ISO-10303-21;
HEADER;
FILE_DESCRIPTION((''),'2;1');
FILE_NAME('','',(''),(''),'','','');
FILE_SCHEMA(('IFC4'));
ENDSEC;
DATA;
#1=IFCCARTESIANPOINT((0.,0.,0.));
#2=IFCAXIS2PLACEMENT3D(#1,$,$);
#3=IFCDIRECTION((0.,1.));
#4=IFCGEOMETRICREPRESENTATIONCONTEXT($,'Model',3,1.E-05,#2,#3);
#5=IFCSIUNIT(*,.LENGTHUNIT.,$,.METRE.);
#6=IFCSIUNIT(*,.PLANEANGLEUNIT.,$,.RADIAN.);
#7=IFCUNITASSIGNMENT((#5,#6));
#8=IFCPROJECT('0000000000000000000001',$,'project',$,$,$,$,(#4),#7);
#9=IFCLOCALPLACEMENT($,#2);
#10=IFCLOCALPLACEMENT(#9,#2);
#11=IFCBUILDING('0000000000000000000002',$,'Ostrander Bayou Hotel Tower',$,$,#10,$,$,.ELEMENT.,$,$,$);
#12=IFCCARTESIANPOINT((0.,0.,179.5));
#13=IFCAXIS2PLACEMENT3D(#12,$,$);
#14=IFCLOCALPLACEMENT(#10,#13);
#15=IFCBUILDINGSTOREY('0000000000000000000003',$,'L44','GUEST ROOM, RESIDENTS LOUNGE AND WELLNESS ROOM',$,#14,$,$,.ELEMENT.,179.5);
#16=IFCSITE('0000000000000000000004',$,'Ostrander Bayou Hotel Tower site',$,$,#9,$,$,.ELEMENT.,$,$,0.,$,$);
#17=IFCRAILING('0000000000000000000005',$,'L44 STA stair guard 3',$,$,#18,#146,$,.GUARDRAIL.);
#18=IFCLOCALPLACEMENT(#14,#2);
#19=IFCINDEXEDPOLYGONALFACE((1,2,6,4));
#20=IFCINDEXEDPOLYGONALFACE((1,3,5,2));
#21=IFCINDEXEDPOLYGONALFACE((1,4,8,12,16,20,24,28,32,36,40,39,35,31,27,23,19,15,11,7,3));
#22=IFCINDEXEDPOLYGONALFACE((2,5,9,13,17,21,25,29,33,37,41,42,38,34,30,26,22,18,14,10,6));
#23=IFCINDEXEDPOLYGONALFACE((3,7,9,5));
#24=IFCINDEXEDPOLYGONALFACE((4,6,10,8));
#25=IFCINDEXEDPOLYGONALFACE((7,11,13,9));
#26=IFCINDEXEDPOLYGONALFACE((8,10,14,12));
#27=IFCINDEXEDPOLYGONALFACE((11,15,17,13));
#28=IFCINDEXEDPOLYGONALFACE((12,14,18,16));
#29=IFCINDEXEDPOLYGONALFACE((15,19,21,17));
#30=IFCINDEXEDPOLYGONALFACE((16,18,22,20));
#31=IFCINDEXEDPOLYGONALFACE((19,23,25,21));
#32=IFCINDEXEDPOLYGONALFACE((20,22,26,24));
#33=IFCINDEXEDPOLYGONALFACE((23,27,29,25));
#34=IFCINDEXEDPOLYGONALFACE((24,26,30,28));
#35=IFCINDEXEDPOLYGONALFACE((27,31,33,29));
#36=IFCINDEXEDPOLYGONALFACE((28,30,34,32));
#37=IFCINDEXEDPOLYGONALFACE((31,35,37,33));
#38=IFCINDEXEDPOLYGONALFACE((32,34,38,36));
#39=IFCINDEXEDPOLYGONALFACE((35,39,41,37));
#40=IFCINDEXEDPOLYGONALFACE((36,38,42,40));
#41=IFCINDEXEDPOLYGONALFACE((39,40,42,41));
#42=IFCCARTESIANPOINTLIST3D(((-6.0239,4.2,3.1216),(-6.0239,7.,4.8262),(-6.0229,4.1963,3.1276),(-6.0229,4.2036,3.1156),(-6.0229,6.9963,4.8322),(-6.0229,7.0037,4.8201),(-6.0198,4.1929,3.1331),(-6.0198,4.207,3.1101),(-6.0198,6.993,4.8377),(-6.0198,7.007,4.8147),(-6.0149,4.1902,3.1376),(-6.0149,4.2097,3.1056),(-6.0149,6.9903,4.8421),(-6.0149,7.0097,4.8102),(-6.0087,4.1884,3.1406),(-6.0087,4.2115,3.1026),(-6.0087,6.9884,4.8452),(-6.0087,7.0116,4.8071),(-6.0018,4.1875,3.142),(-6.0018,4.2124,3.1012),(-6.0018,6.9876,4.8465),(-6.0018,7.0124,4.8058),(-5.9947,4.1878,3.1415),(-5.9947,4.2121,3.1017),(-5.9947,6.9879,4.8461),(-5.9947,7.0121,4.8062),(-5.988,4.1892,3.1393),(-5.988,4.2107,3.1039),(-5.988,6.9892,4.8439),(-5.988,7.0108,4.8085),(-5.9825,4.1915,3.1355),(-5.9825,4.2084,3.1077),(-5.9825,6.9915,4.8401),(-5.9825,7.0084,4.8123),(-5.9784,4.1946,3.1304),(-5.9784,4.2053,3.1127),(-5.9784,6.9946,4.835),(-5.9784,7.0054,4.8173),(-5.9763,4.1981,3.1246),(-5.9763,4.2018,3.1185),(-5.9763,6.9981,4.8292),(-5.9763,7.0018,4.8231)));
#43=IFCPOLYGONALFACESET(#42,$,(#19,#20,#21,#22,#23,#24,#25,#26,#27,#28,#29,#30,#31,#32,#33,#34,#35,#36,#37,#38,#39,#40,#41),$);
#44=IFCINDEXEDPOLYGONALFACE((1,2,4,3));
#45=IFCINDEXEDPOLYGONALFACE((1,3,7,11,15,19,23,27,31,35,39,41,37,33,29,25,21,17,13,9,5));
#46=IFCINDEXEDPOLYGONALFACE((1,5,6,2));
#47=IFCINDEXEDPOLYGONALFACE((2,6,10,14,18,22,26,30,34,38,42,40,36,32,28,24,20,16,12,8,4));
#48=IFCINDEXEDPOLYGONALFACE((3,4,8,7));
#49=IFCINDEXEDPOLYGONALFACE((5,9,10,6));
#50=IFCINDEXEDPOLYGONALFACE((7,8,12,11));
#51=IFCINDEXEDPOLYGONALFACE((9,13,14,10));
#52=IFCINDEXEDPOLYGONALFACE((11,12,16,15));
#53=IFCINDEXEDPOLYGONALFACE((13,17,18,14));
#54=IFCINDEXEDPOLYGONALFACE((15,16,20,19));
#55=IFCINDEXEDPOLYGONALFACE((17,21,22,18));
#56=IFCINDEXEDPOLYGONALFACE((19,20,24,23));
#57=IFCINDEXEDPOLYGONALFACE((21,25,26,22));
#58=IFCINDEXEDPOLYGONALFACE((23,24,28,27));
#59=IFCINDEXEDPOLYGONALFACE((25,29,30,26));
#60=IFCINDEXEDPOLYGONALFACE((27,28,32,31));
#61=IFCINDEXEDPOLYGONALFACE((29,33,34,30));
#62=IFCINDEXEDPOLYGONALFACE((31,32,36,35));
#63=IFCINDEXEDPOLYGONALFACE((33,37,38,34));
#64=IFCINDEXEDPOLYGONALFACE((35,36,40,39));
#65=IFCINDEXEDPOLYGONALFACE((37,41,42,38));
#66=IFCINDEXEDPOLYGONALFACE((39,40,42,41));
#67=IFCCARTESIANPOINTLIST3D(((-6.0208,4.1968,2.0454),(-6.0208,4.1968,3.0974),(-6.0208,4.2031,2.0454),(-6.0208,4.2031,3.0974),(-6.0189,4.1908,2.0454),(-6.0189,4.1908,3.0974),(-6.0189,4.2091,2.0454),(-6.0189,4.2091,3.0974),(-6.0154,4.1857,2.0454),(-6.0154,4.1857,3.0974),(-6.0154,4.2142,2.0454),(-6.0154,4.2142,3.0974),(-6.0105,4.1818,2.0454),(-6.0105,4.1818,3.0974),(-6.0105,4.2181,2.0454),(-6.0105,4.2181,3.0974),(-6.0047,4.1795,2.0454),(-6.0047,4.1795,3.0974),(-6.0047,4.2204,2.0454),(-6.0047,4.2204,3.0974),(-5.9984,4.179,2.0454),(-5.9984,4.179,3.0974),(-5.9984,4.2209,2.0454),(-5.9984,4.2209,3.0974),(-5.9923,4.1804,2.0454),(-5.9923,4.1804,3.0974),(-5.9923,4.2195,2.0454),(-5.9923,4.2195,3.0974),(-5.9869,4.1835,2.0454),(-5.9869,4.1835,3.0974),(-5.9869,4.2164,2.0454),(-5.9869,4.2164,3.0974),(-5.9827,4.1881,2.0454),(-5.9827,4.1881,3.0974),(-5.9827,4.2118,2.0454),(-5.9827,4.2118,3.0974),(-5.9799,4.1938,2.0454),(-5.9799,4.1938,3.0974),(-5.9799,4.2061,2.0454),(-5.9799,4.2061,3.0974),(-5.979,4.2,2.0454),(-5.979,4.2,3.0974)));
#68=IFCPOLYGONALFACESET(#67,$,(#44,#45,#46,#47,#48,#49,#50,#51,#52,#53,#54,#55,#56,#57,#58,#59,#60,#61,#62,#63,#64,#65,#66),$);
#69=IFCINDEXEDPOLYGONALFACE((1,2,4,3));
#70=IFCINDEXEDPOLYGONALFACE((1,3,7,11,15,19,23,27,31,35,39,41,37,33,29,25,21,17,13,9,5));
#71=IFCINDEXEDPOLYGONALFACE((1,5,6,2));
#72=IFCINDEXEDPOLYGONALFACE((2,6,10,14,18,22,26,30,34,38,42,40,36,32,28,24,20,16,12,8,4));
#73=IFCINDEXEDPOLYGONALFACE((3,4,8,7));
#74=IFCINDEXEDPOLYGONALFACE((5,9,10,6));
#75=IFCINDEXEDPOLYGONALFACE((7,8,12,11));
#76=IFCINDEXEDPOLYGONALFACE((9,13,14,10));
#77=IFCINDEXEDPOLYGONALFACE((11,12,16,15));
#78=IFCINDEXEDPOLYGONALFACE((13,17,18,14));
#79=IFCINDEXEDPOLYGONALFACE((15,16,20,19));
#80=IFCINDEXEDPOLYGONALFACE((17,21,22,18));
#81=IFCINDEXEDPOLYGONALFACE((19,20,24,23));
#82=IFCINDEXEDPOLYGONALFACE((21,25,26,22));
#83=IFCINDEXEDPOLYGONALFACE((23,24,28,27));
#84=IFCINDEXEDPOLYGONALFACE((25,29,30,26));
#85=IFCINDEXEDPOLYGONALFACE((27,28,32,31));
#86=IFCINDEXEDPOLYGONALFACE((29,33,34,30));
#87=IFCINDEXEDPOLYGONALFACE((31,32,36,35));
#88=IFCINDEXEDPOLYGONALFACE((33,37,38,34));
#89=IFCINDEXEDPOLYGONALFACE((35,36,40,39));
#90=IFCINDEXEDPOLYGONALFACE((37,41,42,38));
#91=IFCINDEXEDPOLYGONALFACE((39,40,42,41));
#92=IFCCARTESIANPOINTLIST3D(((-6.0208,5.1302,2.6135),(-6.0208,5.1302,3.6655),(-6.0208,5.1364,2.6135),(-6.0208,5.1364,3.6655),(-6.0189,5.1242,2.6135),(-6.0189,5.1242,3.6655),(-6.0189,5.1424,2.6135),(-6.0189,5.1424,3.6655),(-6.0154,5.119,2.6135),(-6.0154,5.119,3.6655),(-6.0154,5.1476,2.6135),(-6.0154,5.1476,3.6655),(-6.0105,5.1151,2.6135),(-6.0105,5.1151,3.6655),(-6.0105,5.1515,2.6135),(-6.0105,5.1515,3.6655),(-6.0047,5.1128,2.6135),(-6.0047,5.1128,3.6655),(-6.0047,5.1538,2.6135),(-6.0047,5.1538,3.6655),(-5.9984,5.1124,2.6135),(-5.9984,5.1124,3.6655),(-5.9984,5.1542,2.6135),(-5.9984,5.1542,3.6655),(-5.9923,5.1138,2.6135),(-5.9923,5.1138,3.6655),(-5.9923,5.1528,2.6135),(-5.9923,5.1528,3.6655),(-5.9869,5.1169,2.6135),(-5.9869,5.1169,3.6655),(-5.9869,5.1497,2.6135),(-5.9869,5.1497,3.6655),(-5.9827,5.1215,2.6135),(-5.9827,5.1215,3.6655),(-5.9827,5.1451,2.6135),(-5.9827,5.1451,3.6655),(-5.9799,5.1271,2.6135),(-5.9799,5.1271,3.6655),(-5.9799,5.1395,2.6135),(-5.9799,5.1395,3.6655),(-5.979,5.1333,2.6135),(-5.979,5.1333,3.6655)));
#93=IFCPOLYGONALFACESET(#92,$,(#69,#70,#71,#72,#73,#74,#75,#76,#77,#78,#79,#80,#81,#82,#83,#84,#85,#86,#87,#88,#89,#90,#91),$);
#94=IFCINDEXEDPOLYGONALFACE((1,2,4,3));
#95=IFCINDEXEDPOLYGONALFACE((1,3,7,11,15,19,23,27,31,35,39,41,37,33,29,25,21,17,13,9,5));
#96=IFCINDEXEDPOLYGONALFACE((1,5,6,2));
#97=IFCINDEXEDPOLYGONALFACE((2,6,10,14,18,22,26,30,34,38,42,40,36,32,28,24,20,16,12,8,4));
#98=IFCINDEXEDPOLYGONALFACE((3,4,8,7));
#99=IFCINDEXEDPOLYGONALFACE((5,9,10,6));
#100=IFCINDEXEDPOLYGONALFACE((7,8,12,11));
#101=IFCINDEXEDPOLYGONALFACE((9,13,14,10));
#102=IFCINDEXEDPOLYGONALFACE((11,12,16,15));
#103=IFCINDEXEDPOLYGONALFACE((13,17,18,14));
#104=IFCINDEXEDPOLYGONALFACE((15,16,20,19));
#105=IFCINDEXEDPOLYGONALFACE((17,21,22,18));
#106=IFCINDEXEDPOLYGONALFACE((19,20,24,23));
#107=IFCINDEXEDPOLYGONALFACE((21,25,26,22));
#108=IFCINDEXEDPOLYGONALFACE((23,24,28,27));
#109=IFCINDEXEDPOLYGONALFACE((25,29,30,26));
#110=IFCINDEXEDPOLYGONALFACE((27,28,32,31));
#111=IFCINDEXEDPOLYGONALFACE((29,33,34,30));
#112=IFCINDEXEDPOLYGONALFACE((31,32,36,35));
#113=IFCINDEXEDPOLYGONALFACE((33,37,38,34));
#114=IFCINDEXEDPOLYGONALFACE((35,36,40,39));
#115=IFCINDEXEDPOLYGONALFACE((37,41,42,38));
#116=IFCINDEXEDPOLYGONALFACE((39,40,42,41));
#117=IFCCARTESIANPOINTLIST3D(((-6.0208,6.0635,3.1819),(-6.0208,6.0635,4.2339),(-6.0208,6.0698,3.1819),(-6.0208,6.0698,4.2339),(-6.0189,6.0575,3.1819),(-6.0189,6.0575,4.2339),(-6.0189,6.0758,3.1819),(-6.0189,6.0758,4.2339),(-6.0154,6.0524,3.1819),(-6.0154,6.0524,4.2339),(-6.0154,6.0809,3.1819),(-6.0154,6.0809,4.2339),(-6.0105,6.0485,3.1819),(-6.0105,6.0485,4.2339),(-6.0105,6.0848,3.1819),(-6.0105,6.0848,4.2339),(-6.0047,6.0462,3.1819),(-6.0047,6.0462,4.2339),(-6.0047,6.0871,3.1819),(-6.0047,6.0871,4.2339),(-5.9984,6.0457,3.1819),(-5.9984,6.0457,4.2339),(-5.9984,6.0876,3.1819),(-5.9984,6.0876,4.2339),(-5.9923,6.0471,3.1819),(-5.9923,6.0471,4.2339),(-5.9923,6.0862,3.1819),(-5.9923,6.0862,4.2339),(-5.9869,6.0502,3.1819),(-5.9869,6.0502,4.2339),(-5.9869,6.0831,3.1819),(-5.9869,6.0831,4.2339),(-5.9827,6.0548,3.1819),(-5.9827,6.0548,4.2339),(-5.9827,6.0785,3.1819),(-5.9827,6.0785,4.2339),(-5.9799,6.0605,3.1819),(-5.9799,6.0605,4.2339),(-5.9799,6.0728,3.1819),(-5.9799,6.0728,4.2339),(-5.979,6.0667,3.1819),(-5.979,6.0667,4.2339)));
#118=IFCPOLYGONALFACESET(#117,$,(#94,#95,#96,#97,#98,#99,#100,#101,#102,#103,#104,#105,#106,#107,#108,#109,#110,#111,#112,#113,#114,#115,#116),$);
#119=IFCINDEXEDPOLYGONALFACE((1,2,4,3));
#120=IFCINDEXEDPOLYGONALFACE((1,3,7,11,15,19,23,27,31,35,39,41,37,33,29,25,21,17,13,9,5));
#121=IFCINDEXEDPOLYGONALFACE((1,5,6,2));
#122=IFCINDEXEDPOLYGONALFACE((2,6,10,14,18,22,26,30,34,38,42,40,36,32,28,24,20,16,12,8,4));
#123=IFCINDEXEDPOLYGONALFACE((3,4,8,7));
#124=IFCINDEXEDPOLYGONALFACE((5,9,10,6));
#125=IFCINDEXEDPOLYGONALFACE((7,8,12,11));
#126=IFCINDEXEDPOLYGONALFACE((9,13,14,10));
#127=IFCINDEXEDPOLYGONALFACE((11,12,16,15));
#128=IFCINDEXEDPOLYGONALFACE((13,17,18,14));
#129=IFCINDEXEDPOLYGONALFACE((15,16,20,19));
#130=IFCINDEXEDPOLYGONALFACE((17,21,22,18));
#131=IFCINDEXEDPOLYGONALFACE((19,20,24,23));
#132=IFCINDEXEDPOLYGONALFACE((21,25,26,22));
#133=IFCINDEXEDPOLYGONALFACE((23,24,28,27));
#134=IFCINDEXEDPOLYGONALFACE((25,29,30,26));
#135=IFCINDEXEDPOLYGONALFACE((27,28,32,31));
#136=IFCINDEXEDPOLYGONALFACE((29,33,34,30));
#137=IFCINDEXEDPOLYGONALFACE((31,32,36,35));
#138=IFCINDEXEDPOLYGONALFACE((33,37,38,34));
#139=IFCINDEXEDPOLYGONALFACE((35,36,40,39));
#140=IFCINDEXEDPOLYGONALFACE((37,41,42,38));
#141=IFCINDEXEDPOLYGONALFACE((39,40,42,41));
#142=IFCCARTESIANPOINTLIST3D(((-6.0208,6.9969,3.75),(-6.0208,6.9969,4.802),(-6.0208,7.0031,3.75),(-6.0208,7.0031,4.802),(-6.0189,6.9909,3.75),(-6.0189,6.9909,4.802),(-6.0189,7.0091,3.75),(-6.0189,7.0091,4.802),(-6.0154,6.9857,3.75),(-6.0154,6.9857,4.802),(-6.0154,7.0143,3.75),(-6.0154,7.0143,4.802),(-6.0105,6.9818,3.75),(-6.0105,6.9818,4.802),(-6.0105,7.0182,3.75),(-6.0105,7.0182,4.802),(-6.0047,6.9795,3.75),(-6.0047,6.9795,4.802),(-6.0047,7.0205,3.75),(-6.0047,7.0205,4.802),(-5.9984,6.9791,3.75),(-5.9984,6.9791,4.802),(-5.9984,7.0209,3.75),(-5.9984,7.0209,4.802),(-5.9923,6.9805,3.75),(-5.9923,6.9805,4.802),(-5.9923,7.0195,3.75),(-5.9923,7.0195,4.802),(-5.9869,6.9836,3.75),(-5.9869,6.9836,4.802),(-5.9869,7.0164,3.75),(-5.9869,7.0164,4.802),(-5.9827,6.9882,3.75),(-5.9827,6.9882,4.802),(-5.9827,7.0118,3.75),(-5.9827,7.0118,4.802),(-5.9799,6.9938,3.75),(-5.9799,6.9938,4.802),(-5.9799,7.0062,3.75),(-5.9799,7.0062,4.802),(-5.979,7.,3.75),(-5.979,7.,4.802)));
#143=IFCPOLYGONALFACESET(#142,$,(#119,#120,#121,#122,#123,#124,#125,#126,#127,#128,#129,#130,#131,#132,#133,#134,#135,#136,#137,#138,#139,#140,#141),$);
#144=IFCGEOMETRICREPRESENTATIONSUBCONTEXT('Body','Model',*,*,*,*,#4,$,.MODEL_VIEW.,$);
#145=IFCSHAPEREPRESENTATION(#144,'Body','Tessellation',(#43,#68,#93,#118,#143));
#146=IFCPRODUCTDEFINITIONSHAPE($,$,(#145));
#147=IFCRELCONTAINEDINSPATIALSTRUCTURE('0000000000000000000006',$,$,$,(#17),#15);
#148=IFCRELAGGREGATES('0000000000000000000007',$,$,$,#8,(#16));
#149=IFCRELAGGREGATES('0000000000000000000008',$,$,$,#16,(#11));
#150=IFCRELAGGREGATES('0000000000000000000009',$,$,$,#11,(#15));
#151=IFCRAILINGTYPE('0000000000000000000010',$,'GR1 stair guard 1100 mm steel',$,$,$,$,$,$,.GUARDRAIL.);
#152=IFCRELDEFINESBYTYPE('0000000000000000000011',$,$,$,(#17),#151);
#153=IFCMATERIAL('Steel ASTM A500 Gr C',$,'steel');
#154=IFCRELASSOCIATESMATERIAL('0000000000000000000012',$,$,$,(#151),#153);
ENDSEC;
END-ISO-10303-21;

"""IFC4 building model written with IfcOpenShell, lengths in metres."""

from ifc_helpers import new_model, si_unit, direction, frame, origin, origin_2d, place, context, subcontext, project, spatial, circle, extrude, material, type_object, element, save


model = new_model("IFC4")

# Units and contexts
model_context = context("Model", 3, precision=1e-05, world=origin(), true_north=direction((0.0, 1.0)))
body_context = subcontext(model_context, "Body", "Model", "MODEL_VIEW")
ifc_project = project(units=[si_unit("LENGTHUNIT", "METRE"), si_unit("PLANEANGLEUNIT", "RADIAN")], contexts=[model_context])

# Site, building, storey
site_placement = place(None, origin())
site = spatial("IfcSite", under=ifc_project, at=site_placement, Name="Ostrander Bayou Hotel Tower site", CompositionType="ELEMENT", RefElevation=0.0)
building_placement = place(site_placement, origin())
building = spatial("IfcBuilding", under=site, at=building_placement, Name="Ostrander Bayou Hotel Tower", CompositionType="ELEMENT")
storey_placement = place(building_placement, frame((0.0, 0.0, 179.5)))
storey = spatial("IfcBuildingStorey", under=building, at=storey_placement, Name="L44", Description="GUEST ROOM, RESIDENTS LOUNGE AND WELLNESS ROOM", CompositionType="ELEMENT", Elevation=179.5)

# Railing
ifc_material_1 = material(Name="Steel ASTM A500 Gr C", Category="steel")
railing_type_1 = type_object("IfcRailingType", Name="GR1 stair guard 1100 mm steel", PredefinedType="GUARDRAIL", material=ifc_material_1)
railing_1_placement = place(storey_placement, frame((-6.0, 4.2, 2.0454)))
element("IfcRailing", 1, at=railing_1_placement, inside=storey, type_object=railing_type_1, Name="L44 STA stair guard 3", PredefinedType="GUARDRAIL", context=body_context, shape_type="SweptSolid", body=[
    extrude(circle(Radius=0.0239, at=origin_2d()), frame((0.0, 0.0, 1.0762), z_axis=(0.0, 0.85417, 0.519994), x_axis=(-1.0, 0.0, 0.0)), (0.0, 0.0, 1.0), 3.2781),
    extrude(circle(Radius=0.021, at=origin_2d()), origin(), (0.0, 0.0, 1.0), 1.052),
    extrude(circle(Radius=0.021, at=origin_2d()), frame((0.0, 0.9333, 0.5681)), (0.0, 0.0, 1.0), 1.052),
    extrude(circle(Radius=0.021, at=origin_2d()), frame((0.0, 1.8667, 1.1365)), (0.0, 0.0, 1.0), 1.052),
    extrude(circle(Radius=0.021, at=origin_2d()), frame((0.0, 2.8, 1.7046)), (0.0, 0.0, 1.0), 1.052),
])

save(model, "model.ifc")
